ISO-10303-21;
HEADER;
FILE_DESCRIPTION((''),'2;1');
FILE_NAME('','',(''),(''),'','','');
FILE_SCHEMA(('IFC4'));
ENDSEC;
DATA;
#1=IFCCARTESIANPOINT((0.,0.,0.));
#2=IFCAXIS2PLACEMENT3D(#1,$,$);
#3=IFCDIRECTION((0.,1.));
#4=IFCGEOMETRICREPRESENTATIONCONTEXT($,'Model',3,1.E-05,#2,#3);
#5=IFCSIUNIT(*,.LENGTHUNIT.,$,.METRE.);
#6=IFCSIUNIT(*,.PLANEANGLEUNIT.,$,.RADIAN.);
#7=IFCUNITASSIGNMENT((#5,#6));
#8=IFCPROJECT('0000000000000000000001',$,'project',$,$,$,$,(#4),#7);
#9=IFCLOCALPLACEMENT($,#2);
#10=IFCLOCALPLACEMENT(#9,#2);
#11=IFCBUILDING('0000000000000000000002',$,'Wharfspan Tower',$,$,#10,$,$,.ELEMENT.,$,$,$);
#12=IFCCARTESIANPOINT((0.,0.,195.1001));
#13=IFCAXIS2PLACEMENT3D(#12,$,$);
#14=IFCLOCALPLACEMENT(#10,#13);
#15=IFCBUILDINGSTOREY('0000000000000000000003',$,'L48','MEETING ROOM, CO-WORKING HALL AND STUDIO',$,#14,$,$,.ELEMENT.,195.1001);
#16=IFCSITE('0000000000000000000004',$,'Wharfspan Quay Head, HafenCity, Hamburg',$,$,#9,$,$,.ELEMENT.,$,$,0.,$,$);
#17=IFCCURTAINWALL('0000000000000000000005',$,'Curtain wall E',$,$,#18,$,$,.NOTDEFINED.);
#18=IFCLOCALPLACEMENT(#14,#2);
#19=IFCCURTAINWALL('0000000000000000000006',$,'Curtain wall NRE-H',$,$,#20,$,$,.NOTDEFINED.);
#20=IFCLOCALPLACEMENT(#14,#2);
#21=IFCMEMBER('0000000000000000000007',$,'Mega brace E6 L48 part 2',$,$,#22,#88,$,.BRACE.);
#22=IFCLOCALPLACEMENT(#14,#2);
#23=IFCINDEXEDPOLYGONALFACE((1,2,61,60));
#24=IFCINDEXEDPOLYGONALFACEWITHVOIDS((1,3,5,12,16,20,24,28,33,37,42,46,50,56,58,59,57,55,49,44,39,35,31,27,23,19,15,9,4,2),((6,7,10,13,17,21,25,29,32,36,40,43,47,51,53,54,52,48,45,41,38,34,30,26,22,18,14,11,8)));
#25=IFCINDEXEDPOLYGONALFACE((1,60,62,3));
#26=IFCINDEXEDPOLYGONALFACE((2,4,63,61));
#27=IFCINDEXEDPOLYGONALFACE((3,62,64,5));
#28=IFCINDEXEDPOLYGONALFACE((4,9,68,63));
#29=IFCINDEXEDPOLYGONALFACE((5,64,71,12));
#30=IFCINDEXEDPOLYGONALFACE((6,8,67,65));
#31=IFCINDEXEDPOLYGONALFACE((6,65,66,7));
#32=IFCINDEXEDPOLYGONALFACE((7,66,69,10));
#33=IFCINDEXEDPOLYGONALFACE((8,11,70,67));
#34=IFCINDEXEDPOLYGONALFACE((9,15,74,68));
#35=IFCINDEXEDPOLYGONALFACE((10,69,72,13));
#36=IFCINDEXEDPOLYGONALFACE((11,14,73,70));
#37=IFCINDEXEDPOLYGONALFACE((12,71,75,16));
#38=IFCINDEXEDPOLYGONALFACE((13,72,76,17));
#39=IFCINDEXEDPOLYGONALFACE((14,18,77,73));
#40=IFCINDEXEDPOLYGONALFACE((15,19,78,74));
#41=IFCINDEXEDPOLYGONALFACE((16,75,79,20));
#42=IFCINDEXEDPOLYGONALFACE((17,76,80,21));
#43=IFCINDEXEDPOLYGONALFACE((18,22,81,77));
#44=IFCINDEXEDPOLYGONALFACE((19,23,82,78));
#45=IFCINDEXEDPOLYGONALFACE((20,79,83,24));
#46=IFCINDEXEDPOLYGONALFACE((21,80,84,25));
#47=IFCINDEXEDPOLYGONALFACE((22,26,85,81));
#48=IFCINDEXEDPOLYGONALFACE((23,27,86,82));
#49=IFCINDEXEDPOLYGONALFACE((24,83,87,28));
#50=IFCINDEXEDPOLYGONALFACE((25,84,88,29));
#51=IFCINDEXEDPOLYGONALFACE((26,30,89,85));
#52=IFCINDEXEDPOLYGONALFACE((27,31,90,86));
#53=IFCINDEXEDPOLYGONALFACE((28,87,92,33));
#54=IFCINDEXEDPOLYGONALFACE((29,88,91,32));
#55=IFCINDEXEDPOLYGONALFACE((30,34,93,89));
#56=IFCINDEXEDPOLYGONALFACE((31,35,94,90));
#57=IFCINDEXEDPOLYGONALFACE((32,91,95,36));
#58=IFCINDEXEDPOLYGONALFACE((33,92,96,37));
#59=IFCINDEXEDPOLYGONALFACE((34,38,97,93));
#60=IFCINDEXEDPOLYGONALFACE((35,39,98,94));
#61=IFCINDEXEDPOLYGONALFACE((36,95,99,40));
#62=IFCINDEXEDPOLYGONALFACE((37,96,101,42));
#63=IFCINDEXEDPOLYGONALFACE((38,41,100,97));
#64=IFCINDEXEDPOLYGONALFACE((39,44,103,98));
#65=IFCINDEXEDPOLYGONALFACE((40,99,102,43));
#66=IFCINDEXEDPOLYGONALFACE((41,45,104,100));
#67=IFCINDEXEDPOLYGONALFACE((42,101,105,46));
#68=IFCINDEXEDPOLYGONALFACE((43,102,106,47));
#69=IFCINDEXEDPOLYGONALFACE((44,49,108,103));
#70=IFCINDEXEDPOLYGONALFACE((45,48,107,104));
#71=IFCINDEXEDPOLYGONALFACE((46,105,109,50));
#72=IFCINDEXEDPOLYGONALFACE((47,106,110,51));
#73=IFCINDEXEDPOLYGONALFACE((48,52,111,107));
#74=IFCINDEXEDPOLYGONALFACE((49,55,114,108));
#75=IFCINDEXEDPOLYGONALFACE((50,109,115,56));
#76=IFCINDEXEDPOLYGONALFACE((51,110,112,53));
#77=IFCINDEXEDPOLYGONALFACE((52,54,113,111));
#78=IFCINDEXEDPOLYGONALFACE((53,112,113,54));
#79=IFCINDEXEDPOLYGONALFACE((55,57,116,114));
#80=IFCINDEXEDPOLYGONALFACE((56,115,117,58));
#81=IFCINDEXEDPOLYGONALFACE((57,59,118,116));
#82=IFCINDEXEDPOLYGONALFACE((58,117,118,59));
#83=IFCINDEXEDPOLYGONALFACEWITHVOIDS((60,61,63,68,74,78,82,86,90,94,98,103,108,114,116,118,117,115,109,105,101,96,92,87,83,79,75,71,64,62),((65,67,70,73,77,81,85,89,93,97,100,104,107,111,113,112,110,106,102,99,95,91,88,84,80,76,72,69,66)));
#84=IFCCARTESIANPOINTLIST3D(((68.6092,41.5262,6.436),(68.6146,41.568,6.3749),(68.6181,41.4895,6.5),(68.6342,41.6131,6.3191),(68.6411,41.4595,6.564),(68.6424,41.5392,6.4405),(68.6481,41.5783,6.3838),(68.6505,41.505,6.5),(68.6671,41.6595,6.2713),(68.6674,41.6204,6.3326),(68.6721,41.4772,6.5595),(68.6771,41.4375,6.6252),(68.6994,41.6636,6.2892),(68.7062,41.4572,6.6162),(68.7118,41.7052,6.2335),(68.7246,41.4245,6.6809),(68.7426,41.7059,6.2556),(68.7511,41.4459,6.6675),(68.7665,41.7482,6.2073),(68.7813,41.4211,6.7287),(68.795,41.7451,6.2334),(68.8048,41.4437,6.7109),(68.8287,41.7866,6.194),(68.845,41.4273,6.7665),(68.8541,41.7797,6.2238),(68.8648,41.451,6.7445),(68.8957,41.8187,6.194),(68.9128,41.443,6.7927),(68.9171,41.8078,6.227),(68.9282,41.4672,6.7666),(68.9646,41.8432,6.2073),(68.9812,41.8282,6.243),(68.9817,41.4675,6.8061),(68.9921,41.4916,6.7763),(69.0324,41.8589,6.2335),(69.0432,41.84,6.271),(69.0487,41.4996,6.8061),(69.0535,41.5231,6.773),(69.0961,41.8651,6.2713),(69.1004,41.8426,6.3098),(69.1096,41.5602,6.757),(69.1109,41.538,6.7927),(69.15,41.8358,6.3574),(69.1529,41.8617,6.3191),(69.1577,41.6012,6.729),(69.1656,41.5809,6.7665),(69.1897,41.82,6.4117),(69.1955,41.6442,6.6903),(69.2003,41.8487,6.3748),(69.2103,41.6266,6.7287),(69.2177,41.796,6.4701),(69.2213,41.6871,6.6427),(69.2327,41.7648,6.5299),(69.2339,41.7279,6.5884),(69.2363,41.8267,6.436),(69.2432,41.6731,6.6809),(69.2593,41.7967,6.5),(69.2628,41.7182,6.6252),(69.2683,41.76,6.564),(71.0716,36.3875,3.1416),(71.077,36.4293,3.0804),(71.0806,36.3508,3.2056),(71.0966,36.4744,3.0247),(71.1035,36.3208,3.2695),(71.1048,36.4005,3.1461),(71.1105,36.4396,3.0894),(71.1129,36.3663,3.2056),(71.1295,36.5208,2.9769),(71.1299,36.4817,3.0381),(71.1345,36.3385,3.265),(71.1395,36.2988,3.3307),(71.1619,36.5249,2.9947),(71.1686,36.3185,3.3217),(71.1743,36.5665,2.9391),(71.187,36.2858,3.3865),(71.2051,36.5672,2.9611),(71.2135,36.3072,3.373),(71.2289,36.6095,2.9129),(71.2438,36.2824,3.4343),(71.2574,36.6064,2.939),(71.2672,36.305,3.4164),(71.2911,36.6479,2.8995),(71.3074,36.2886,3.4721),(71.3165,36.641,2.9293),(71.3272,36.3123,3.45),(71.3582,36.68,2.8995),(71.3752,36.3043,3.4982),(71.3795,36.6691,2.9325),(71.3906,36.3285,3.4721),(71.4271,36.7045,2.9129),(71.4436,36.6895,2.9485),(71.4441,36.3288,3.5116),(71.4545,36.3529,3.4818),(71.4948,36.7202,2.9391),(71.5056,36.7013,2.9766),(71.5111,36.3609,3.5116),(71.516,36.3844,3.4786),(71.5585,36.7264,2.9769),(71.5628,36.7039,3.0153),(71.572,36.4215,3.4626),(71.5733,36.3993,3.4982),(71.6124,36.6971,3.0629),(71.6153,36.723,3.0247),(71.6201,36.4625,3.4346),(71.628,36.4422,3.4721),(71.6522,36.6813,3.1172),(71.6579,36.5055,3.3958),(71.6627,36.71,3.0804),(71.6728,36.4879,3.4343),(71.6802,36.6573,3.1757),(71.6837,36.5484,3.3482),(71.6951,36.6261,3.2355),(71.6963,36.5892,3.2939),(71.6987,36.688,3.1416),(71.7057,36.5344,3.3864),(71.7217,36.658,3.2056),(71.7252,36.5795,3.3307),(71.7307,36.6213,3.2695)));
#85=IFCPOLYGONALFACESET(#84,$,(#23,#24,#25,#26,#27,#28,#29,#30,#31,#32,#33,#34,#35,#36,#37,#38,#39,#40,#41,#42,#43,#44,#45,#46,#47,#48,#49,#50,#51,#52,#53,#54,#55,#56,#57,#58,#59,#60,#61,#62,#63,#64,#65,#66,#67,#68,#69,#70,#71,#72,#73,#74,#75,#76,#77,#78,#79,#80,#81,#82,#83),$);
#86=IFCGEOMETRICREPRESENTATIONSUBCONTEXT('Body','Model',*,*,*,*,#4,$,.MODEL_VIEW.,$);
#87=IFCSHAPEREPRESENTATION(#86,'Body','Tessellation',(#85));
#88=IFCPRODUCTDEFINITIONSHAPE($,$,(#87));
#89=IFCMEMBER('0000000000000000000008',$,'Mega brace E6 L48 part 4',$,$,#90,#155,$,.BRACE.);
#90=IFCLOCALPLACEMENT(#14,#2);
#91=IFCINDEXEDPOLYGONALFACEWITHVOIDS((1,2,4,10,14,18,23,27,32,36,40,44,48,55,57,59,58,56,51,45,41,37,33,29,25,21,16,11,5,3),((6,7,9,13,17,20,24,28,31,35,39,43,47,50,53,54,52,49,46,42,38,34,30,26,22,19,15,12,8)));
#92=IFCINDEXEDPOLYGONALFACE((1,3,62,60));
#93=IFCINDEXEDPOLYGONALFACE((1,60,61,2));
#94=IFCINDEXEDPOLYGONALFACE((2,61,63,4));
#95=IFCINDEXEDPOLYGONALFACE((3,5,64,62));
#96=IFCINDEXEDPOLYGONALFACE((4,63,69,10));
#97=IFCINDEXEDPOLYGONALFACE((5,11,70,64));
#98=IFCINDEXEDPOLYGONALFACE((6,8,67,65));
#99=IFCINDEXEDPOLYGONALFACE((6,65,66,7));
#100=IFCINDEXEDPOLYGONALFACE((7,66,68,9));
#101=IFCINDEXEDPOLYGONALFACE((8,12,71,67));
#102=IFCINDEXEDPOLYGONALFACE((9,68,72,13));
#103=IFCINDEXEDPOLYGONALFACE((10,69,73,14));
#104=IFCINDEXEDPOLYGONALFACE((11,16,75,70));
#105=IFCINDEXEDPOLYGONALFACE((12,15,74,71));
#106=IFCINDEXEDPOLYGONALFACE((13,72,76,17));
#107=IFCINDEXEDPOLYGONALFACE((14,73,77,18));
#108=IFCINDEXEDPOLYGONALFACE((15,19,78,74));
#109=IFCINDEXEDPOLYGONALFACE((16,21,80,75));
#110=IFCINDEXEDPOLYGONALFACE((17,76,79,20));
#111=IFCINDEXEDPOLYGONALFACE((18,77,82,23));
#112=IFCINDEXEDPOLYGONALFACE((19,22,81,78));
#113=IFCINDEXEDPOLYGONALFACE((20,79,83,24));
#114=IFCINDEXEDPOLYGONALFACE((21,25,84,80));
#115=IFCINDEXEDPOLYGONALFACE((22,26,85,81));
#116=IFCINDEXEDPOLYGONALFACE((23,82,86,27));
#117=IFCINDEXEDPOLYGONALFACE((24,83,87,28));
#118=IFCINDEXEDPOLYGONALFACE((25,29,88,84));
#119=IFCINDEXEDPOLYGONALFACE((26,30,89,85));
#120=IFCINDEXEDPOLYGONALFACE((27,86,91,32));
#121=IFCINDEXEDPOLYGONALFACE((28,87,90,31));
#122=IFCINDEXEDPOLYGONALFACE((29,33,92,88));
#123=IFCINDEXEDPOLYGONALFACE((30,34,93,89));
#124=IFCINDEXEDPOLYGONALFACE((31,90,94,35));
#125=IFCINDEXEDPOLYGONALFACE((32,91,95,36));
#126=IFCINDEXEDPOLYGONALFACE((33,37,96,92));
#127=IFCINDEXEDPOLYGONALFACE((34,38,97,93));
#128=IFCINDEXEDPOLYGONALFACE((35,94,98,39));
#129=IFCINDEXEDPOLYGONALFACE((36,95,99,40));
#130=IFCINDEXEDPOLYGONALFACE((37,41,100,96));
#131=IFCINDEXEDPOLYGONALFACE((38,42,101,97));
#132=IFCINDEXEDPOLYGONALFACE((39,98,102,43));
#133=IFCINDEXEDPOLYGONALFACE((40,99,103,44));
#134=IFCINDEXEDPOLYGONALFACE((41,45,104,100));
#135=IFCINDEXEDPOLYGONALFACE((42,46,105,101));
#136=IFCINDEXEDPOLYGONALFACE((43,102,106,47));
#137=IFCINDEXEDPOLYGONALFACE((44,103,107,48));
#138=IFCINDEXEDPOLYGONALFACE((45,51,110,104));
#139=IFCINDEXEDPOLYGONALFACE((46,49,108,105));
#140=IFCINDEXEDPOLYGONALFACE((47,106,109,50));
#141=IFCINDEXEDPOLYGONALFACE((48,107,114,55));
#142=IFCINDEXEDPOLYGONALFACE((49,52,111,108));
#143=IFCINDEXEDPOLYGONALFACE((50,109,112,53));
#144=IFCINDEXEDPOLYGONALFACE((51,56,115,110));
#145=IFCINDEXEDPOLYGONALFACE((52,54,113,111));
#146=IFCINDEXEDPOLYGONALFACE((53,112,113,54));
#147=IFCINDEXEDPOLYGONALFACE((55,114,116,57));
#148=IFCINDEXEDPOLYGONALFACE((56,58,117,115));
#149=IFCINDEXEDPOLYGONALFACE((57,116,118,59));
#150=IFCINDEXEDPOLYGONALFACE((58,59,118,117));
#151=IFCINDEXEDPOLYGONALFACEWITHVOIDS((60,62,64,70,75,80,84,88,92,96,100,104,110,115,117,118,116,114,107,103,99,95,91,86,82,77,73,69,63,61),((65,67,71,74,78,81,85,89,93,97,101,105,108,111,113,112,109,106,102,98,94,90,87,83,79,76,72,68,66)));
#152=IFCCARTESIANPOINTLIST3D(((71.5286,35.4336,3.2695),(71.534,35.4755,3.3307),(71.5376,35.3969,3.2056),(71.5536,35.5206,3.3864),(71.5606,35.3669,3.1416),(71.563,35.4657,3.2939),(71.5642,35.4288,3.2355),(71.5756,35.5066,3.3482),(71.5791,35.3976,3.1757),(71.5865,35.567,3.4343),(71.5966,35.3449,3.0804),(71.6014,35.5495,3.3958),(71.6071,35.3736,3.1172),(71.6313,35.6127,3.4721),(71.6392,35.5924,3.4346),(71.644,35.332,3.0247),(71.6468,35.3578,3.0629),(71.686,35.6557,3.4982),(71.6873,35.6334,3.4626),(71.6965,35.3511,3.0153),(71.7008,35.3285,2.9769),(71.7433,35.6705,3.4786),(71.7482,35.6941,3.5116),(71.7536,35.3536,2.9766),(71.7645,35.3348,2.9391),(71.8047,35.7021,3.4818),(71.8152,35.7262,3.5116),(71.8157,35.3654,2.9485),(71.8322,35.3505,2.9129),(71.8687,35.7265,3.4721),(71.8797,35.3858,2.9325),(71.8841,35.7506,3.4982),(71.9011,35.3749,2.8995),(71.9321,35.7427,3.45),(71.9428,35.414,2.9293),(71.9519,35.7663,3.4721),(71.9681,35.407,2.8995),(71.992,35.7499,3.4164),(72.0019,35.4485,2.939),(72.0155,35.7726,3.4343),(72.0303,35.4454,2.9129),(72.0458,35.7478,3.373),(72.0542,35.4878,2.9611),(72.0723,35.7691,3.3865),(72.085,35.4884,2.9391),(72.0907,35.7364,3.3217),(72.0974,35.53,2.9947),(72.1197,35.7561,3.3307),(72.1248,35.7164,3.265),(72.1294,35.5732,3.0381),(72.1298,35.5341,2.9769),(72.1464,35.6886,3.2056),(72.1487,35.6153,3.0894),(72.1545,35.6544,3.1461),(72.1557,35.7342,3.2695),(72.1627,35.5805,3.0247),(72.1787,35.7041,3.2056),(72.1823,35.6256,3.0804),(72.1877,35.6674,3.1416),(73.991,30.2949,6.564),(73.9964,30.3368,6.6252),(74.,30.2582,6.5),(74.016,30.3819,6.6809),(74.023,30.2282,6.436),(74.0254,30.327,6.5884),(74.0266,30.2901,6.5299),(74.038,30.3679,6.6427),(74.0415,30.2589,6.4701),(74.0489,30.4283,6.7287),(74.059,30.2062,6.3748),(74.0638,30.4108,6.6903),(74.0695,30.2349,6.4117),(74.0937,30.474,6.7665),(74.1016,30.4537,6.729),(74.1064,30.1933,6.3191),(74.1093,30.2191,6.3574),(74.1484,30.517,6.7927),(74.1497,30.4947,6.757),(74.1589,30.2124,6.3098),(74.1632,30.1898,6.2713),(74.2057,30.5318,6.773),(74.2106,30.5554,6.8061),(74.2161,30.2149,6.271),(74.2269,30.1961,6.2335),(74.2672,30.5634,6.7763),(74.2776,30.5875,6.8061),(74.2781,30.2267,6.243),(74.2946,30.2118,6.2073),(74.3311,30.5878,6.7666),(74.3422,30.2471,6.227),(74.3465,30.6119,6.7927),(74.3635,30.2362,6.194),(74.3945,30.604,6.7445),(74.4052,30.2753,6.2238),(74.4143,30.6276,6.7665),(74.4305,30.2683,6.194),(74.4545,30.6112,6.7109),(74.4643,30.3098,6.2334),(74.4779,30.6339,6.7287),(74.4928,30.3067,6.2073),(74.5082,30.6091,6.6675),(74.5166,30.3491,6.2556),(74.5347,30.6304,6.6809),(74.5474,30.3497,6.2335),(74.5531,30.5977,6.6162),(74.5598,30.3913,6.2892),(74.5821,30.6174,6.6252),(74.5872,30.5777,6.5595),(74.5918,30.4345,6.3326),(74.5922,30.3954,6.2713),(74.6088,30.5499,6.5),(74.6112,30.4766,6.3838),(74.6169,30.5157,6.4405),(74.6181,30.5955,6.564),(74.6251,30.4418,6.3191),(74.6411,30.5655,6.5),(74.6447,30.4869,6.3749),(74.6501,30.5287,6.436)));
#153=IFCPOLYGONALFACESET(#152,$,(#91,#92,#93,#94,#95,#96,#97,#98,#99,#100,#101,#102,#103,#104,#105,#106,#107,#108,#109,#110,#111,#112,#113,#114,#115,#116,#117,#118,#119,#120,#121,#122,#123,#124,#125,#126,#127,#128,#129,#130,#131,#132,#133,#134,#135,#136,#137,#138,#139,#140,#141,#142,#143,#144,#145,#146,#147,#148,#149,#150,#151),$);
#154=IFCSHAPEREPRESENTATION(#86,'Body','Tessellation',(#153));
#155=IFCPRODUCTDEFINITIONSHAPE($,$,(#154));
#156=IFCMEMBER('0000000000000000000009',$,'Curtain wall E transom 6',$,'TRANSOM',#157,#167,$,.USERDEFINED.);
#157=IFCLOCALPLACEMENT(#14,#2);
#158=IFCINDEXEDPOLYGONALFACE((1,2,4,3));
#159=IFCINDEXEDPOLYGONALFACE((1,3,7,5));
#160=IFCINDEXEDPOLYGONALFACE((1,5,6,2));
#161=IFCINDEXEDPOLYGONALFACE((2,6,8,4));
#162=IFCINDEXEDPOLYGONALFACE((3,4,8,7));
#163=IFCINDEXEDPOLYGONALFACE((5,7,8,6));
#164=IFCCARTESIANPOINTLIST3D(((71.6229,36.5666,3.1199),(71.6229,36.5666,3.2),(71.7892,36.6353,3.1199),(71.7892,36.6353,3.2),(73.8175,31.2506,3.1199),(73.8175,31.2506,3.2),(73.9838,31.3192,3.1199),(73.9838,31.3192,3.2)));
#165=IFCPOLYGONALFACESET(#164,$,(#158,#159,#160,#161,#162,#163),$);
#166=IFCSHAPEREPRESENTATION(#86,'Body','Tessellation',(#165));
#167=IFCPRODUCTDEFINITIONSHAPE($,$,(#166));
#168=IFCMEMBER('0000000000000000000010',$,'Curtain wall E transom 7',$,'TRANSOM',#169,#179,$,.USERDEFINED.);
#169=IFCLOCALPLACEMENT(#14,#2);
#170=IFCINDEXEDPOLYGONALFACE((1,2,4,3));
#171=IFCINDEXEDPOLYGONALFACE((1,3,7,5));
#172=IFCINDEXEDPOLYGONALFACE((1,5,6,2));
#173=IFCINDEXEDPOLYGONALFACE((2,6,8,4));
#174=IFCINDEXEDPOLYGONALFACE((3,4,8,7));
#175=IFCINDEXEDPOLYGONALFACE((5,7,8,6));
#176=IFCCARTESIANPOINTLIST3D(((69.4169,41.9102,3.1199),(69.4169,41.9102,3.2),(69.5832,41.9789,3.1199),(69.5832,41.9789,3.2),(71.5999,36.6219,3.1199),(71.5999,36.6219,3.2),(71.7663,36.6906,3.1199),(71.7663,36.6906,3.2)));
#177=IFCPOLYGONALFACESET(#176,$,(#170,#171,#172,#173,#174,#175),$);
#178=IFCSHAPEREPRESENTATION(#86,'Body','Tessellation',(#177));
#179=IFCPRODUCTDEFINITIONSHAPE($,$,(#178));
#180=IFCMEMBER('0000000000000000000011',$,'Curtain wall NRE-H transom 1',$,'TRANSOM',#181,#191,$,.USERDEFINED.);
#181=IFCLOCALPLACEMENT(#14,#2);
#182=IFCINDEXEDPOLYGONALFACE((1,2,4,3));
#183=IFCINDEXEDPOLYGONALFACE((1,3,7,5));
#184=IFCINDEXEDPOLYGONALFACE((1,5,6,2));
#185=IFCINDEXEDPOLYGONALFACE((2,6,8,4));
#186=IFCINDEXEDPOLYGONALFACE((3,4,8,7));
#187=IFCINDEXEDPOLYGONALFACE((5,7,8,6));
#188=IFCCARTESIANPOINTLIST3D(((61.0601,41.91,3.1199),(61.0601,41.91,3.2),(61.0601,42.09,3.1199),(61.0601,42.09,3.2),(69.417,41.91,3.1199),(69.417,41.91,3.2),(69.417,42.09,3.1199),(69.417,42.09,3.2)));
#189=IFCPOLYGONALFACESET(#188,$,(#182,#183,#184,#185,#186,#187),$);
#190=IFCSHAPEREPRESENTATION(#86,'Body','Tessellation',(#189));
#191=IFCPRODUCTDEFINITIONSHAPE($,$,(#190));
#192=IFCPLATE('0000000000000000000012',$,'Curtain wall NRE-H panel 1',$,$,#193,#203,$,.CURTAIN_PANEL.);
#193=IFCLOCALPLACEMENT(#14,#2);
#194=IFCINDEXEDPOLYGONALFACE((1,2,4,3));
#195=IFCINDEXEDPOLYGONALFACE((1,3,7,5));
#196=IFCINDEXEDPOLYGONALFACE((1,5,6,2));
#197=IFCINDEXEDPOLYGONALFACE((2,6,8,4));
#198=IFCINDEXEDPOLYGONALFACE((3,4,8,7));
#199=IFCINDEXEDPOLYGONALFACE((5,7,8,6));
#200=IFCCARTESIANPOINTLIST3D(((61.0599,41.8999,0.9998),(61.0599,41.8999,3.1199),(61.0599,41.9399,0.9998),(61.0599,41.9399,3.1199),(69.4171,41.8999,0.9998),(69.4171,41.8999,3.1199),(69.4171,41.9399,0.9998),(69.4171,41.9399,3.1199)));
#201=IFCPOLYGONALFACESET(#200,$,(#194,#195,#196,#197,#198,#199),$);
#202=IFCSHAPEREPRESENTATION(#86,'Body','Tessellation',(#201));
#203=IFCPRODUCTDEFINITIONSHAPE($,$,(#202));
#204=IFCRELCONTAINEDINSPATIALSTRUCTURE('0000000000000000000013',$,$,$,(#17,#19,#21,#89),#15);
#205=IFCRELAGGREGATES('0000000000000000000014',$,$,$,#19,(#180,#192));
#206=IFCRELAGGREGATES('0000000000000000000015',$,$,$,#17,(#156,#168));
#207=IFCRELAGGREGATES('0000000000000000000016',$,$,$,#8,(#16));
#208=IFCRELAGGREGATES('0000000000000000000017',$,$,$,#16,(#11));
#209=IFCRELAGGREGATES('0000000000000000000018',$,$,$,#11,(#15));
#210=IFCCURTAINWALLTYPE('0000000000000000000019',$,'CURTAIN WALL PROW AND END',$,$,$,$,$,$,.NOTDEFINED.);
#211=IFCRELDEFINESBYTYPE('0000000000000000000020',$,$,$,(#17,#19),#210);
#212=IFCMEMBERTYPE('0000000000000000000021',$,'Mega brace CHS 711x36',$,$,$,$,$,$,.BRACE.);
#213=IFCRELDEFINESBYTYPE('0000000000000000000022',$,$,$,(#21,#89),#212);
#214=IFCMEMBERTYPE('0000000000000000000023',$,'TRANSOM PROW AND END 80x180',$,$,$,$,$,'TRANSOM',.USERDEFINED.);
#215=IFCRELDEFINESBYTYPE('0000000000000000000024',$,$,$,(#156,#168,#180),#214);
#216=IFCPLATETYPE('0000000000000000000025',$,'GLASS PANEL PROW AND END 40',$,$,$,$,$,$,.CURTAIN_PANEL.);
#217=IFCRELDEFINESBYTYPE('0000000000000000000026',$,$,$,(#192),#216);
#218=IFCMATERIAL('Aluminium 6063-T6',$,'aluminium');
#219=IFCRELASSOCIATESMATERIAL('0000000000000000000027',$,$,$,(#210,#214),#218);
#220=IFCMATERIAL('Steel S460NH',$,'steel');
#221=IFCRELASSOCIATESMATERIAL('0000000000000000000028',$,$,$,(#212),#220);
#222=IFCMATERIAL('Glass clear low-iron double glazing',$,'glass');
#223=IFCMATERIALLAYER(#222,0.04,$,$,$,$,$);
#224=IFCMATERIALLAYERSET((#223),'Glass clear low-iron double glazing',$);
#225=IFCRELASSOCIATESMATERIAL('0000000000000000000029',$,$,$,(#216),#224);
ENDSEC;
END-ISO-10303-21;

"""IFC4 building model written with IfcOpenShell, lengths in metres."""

from ifc_helpers import new_model, si_unit, direction, frame, origin, origin_2d, place, context, subcontext, project, spatial, rectangle, hollow_circle, extrude, material, layer, layer_set, material_profile, profile_set, type_object, element, aggregate, save


model = new_model("IFC4")

# Units and contexts
model_context = context("Model", 3, precision=1e-05, world=origin(), true_north=direction((0.0, 1.0)))
body_context = subcontext(model_context, "Body", "Model", "MODEL_VIEW")
ifc_project = project(units=[si_unit("LENGTHUNIT", "METRE"), si_unit("PLANEANGLEUNIT", "RADIAN")], contexts=[model_context])

# Site, building, storey
site_placement = place(None, origin())
site = spatial("IfcSite", under=ifc_project, at=site_placement, Name="Wharfspan Quay Head, HafenCity, Hamburg", CompositionType="ELEMENT", RefElevation=0.0)
building_placement = place(site_placement, origin())
building = spatial("IfcBuilding", under=site, at=building_placement, Name="Wharfspan Tower", CompositionType="ELEMENT")
storey_placement = place(building_placement, frame((0.0, 0.0, 195.1001)))
storey = spatial("IfcBuildingStorey", under=building, at=storey_placement, Name="L48", Description="MEETING ROOM, CO-WORKING HALL AND STUDIO", CompositionType="ELEMENT", Elevation=195.1001)

# Curtain walls
ifc_material_1 = material(Name="Aluminium 6063-T6", Category="aluminium")
curtain_wall_type = type_object("IfcCurtainWallType", Name="CURTAIN WALL PROW AND END", PredefinedType="NOTDEFINED", material=ifc_material_1)
curtain_wall_1_placement = place(storey_placement, origin())
curtain_wall_1 = element("IfcCurtainWall", 1, at=curtain_wall_1_placement, inside=storey, type_object=curtain_wall_type, Name="Curtain wall E", PredefinedType="NOTDEFINED")
curtain_wall_2_placement = place(storey_placement, origin())
curtain_wall_2 = element("IfcCurtainWall", 2, at=curtain_wall_2_placement, inside=storey, type_object=curtain_wall_type, Name="Curtain wall NRE-H", PredefinedType="NOTDEFINED")

# Members
ifc_material_2 = material(Name="Steel S460NH", Category="steel")
ifc_material_profile_1 = material_profile(ifc_material_2, hollow_circle(Radius=0.3555, WallThickness=0.0359, at=origin_2d()))
ifc_profile_set_1 = profile_set([ifc_material_profile_1], Name="Steel S460NH")
member_type_1 = type_object("IfcMemberType", Name="Mega brace CHS 711x36", PredefinedType="BRACE", material=ifc_profile_set_1)
for number, where, z_axis, x_axis, name in (
    (3, (71.4011, 36.5044, 3.2056), (-0.374112, 0.780716, 0.500522), (-0.901807, -0.432139, 0.000002), "Mega brace E6 L48 part 2"),
    (4, (71.8582, 35.5505, 3.2056), (0.374112, -0.780716, 0.500522), (0.901807, 0.432139, 0.000002), "Mega brace E6 L48 part 4"),
):
    element("IfcMember", number, at=place(storey_placement, frame(where, z_axis=z_axis, x_axis=x_axis)), inside=storey, type_object=member_type_1, Name=name, PredefinedType="BRACE", context=body_context, shape_type="SweptSolid", body=[
        extrude(hollow_circle(Radius=0.3555, WallThickness=0.0359, at=origin_2d()), origin(), (0.0, 0.0, 1.0), 6.582),
    ])

# Members
ifc_material_profile_2 = material_profile(ifc_material_1, rectangle(XDim=0.1799, YDim=0.0801, at=origin_2d()))
ifc_profile_set_2 = profile_set([ifc_material_profile_2], Name="Aluminium 6063-T6")
member_type_2 = type_object("IfcMemberType", Name="TRANSOM PROW AND END 80x180", ElementType="TRANSOM", PredefinedType="USERDEFINED", material=ifc_profile_set_2)
member_1_placement = place(storey_placement, frame((73.9006, 31.2849, 3.1599), z_axis=(-0.381593, 0.92433, 0.0), x_axis=(-0.92433, -0.381593, 0.0)))
member_1 = element("IfcMember", 5, at=member_1_placement, type_object=member_type_2, Name="Curtain wall E transom 6", ObjectType="TRANSOM", PredefinedType="USERDEFINED", context=body_context, shape_type="SweptSolid", body=[
    extrude(rectangle(XDim=0.1799, YDim=0.0801, at=origin_2d()), origin(), (0.0, 0.0, 1.0), 5.7512),
])
member_2_placement = place(storey_placement, frame((71.6831, 36.6562, 3.1599), z_axis=(-0.38158, 0.924336, 0.0), x_axis=(-0.924336, -0.38158, 0.0)))
member_2 = element("IfcMember", 6, at=member_2_placement, type_object=member_type_2, Name="Curtain wall E transom 7", ObjectType="TRANSOM", PredefinedType="USERDEFINED", context=body_context, shape_type="SweptSolid", body=[
    extrude(rectangle(XDim=0.1799, YDim=0.0801, at=origin_2d()), origin(), (0.0, 0.0, 1.0), 5.7212),
])
member_3_placement = place(storey_placement, frame((69.417, 42.0, 3.1599), z_axis=(-1.0, 0.0, 0.0), x_axis=(0.0, -1.0, 0.0)))
member_3 = element("IfcMember", 7, at=member_3_placement, type_object=member_type_2, Name="Curtain wall NRE-H transom 1", ObjectType="TRANSOM", PredefinedType="USERDEFINED", context=body_context, shape_type="SweptSolid", body=[
    extrude(rectangle(XDim=0.1799, YDim=0.0801, at=origin_2d()), origin(), (0.0, 0.0, 1.0), 8.3569),
])

# Plate
ifc_material_3 = material(Name="Glass clear low-iron double glazing", Category="glass")
ifc_layer_1 = layer(ifc_material_3, 0.04)
ifc_layer_set_1 = layer_set([ifc_layer_1], Name="Glass clear low-iron double glazing")
plate_type_1 = type_object("IfcPlateType", Name="GLASS PANEL PROW AND END 40", PredefinedType="CURTAIN_PANEL", material=ifc_layer_set_1)
plate_1_placement = place(storey_placement, frame((65.2385, 41.9199, 0.9998), z_axis=(0.0, 0.0, 1.0), x_axis=(-1.0, 0.0, 0.0)))
plate_1 = element("IfcPlate", 8, at=plate_1_placement, type_object=plate_type_1, Name="Curtain wall NRE-H panel 1", PredefinedType="CURTAIN_PANEL", context=body_context, shape_type="SweptSolid", body=[
    extrude(rectangle(XDim=8.3572, YDim=0.04, at=origin_2d()), origin(), (0.0, 0.0, 1.0), 2.1201),
])
aggregate(curtain_wall_2, [member_3, plate_1])
aggregate(curtain_wall_1, [member_1, member_2])

save(model, "model.ifc")
